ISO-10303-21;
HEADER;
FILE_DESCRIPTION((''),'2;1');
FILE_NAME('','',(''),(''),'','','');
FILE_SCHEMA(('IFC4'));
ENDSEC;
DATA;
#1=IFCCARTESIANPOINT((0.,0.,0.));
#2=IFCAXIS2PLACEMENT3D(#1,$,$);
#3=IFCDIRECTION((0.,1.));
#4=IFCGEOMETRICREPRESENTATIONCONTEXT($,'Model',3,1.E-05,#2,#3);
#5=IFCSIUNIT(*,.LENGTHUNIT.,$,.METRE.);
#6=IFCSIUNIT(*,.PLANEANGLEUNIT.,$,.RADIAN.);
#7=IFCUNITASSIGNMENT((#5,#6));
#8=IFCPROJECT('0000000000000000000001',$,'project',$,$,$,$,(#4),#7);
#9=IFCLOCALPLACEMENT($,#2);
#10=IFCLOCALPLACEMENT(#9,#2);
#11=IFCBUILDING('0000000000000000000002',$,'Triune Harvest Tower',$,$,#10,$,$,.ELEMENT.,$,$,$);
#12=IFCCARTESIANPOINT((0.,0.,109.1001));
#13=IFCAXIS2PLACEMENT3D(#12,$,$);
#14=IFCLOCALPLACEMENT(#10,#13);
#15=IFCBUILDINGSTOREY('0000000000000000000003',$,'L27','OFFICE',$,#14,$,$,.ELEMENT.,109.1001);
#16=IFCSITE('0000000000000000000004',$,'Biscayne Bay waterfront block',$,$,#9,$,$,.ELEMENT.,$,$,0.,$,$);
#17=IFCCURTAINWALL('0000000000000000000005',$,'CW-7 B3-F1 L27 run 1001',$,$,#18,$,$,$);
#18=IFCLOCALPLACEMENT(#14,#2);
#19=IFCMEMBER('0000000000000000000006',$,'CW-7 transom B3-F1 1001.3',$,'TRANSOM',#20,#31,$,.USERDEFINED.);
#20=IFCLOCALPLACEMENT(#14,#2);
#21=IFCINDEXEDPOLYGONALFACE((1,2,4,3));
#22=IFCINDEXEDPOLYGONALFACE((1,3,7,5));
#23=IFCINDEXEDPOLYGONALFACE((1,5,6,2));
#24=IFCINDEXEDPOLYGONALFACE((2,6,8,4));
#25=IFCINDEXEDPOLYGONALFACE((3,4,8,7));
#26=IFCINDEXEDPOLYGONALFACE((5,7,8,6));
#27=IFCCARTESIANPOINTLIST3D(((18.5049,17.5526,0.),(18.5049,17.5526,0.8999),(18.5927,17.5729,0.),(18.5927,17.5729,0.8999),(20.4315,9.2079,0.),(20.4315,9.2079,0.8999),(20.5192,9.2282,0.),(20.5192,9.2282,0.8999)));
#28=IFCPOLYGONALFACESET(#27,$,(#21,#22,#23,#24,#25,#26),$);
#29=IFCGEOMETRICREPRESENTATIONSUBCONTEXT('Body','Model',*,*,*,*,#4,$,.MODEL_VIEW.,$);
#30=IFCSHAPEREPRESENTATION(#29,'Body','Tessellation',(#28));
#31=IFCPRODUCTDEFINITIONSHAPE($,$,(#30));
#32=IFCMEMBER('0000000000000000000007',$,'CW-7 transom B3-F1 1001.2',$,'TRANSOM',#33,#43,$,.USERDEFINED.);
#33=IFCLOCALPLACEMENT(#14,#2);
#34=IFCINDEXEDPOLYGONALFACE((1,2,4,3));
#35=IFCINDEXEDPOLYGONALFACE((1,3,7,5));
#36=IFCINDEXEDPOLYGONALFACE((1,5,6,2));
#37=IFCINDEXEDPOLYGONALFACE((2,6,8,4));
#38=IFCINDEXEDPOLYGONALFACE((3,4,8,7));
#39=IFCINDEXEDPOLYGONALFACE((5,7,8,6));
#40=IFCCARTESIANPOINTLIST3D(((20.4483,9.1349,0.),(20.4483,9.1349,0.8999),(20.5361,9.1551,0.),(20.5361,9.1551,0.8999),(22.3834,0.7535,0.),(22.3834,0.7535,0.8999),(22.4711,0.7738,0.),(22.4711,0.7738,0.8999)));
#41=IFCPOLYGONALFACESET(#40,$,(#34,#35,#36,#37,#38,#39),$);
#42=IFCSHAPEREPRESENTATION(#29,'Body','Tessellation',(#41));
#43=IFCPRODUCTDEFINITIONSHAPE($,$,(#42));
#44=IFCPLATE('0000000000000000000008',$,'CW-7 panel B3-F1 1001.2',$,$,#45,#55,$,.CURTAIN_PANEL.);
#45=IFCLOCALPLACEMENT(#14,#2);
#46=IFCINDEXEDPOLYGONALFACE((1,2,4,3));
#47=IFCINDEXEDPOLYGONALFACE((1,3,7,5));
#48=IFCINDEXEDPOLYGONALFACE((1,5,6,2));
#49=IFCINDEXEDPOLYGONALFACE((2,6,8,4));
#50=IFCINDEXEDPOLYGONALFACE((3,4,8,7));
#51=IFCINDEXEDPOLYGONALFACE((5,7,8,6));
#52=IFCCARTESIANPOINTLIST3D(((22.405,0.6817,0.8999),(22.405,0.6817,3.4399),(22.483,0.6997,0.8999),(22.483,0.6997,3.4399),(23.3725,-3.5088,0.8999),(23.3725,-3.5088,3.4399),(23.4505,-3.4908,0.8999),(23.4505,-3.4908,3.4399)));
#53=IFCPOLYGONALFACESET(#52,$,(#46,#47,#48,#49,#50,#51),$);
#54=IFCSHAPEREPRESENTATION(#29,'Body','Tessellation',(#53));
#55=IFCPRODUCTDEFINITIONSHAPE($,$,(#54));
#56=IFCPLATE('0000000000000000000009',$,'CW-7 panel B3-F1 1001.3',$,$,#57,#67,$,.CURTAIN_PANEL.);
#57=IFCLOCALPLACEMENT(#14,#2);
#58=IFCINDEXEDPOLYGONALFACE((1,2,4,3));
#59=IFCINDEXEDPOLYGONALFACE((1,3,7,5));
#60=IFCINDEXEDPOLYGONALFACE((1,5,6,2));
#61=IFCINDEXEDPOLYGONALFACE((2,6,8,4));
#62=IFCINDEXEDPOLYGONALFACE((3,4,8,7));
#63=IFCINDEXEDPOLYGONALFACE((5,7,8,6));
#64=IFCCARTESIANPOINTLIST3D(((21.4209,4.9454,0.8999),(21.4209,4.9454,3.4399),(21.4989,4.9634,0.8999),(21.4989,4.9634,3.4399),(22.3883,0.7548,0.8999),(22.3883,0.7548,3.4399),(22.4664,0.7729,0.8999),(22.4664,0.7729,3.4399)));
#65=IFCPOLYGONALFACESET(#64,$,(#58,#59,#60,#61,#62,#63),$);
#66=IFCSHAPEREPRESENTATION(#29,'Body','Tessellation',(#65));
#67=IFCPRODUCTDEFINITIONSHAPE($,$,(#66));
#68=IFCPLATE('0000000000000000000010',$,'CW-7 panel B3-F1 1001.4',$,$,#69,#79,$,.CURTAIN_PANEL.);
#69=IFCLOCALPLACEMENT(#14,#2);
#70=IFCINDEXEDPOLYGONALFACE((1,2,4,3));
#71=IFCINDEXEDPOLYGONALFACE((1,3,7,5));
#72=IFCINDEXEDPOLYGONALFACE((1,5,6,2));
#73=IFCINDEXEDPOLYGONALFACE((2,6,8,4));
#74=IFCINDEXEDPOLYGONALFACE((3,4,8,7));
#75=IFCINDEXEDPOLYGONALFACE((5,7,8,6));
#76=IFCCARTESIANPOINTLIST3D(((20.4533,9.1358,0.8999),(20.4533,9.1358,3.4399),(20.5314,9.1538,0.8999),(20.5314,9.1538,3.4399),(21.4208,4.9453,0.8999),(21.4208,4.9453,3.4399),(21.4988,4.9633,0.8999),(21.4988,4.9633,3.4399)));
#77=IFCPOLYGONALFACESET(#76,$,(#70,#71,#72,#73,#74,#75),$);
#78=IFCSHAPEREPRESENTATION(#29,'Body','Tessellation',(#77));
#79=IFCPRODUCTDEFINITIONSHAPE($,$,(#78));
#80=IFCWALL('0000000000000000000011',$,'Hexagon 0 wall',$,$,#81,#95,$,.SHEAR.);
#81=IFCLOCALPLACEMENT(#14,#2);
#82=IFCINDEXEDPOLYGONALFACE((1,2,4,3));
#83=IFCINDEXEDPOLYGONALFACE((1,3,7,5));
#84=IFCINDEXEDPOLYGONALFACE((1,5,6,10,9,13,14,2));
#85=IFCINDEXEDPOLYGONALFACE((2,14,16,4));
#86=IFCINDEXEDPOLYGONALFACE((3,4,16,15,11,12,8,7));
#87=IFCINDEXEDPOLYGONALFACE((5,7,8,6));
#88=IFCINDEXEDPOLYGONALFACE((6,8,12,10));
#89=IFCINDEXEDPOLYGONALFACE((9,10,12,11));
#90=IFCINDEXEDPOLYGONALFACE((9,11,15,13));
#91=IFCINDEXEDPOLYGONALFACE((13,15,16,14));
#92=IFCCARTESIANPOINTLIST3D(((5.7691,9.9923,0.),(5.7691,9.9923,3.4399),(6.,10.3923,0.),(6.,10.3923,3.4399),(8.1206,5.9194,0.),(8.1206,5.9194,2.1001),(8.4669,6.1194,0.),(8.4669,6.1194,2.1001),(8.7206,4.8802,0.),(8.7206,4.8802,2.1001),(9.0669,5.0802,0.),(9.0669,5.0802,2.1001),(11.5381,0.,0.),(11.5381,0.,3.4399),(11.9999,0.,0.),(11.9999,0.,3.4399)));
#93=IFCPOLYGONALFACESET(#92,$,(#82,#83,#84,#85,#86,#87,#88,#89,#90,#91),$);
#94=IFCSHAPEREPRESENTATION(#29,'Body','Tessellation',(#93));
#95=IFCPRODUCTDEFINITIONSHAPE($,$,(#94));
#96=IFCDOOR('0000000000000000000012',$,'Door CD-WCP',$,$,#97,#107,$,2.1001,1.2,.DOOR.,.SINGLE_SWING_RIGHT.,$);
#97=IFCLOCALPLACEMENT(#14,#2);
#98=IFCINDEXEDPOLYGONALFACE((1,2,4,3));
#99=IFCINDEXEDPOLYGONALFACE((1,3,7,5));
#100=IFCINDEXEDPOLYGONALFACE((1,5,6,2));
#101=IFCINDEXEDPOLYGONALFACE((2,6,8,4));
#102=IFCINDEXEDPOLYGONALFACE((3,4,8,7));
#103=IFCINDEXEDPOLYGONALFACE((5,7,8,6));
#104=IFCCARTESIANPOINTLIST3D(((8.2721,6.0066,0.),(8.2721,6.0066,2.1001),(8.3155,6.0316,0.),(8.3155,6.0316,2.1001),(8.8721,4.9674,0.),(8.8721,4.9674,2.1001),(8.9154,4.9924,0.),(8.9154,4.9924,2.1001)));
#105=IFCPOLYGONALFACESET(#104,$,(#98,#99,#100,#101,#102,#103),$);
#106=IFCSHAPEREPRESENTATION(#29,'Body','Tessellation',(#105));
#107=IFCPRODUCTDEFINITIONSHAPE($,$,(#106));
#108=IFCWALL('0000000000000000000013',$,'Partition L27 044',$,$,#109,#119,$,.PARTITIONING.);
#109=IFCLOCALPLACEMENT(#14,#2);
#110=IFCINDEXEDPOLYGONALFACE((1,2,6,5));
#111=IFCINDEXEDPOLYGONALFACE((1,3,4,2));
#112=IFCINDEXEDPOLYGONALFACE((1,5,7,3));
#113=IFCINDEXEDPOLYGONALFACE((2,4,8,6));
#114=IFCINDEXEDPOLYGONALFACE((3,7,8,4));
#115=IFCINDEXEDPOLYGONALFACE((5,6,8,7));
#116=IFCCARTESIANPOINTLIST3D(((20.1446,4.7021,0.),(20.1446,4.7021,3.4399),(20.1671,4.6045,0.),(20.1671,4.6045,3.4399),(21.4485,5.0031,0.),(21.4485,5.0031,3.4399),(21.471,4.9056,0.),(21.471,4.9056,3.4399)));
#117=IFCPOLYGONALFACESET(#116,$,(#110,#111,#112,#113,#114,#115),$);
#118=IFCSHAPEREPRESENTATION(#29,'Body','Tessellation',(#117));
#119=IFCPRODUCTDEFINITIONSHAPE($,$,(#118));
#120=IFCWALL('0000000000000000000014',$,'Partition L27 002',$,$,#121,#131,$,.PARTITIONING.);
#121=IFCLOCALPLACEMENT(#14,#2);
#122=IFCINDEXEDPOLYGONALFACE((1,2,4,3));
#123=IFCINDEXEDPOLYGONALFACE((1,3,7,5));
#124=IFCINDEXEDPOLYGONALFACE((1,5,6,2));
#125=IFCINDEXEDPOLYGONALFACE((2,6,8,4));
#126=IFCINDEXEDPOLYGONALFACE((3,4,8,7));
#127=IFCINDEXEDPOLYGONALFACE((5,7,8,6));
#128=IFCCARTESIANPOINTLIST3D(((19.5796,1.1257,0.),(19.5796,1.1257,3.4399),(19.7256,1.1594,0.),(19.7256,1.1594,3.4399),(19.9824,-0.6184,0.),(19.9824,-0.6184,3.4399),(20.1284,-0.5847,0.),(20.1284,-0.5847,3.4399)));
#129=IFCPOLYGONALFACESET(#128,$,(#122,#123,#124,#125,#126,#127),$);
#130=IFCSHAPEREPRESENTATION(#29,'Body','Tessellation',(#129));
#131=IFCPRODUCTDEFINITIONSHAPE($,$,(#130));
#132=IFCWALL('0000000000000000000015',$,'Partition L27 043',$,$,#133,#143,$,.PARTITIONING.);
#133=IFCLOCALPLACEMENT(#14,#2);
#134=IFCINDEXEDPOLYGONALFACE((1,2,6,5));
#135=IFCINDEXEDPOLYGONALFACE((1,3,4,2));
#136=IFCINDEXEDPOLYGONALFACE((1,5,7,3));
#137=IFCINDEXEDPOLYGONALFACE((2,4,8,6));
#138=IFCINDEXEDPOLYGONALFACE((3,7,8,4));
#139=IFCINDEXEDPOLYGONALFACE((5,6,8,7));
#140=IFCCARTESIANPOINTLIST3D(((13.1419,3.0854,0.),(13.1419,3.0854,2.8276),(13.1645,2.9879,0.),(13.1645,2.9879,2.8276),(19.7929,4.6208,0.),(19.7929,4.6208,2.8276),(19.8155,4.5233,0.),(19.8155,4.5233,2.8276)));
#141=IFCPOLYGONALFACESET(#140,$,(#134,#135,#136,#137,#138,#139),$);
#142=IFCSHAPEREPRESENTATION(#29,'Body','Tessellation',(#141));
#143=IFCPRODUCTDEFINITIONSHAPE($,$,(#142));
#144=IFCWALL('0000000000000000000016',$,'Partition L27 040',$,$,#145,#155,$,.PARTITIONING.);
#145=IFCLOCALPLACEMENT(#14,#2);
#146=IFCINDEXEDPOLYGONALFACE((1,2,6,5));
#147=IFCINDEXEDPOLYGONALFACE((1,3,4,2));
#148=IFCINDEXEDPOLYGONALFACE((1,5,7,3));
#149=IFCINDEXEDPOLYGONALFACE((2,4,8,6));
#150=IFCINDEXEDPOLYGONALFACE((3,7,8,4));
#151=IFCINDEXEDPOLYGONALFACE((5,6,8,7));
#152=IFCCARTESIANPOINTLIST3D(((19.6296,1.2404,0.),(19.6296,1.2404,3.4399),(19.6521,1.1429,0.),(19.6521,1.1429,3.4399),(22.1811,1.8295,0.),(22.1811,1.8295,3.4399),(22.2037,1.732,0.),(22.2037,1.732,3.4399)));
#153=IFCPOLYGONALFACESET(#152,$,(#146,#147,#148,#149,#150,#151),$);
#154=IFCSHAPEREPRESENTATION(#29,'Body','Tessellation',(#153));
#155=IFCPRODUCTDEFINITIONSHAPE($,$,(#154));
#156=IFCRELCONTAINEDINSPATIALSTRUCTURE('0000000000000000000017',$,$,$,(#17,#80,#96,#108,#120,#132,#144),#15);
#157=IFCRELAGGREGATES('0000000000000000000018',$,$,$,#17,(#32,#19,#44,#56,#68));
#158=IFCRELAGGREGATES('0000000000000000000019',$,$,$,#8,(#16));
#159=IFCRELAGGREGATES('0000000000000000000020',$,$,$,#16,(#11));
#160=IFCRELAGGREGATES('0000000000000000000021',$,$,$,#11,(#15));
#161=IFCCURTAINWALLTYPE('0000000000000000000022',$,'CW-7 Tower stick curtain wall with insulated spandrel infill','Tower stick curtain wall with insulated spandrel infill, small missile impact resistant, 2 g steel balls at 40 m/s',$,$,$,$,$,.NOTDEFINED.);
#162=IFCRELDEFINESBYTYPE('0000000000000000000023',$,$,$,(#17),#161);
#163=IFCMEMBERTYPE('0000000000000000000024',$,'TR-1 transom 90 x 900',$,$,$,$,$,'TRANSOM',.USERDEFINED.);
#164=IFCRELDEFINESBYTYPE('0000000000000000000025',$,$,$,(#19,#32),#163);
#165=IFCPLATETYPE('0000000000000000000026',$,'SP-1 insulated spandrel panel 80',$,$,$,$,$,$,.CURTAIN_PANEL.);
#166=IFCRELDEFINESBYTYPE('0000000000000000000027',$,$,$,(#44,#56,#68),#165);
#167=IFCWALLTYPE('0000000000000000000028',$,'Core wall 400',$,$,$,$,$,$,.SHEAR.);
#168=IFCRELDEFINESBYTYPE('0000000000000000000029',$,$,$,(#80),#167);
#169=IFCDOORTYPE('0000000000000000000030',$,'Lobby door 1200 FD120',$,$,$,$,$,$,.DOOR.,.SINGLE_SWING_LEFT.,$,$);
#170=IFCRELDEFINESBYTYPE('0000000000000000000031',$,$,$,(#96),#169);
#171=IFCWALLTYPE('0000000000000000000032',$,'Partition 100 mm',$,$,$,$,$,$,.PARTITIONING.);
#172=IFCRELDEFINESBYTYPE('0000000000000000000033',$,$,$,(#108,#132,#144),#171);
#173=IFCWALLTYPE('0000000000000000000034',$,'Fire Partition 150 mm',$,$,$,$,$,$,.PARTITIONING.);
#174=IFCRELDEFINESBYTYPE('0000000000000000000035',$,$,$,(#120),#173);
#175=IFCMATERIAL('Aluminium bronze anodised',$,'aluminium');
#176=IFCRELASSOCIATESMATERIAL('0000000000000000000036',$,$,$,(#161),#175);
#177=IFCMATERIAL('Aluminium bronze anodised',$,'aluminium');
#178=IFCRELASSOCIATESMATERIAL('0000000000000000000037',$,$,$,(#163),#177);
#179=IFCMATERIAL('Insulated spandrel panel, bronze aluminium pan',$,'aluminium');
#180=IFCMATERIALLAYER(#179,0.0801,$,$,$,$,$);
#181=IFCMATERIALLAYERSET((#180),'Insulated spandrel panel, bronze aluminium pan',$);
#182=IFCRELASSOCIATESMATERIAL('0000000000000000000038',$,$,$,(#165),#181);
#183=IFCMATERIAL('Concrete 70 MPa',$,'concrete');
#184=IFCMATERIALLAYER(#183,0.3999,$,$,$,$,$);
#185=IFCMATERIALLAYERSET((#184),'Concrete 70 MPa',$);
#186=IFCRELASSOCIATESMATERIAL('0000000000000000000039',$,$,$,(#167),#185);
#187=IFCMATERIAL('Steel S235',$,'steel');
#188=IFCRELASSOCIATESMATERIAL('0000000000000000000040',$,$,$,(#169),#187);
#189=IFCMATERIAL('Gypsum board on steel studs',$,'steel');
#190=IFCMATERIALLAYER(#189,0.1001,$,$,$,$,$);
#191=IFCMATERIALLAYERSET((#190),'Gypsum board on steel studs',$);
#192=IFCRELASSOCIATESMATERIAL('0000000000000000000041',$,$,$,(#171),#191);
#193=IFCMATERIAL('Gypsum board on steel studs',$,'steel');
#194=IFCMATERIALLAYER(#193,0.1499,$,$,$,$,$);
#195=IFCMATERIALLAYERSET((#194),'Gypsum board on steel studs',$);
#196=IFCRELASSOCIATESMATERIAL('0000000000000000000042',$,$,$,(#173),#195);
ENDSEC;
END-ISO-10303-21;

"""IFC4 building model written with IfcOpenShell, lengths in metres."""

from ifc_helpers import new_model, si_unit, direction, frame, frame_2d, origin, origin_2d, place, context, subcontext, project, spatial, polyline, rectangle, outline, extrude, source, transform, mapped, material, layer, layer_set, material_profile, profile_set, type_object, element, fill, aggregate, save


model = new_model("IFC4")

# Units and contexts
model_context = context("Model", 3, precision=1e-05, world=origin(), true_north=direction((0.0, 1.0)))
body_context = subcontext(model_context, "Body", "Model", "MODEL_VIEW")
ifc_project = project(units=[si_unit("LENGTHUNIT", "METRE"), si_unit("PLANEANGLEUNIT", "RADIAN")], contexts=[model_context])

# Site, building, storey
site_placement = place(None, origin())
site = spatial("IfcSite", under=ifc_project, at=site_placement, Name="Biscayne Bay waterfront block", CompositionType="ELEMENT", RefElevation=0.0)
building_placement = place(site_placement, origin())
building = spatial("IfcBuilding", under=site, at=building_placement, Name="Triune Harvest Tower", CompositionType="ELEMENT")
storey_placement = place(building_placement, frame((0.0, 0.0, 109.1001)))
storey = spatial("IfcBuildingStorey", under=building, at=storey_placement, Name="L27", Description="OFFICE", CompositionType="ELEMENT", Elevation=109.1001)

# Curtain wall, members, plates
ifc_material_1 = material(Name="Aluminium bronze anodised", Category="aluminium")
curtain_wall_type = type_object("IfcCurtainWallType", Name="CW-7 Tower stick curtain wall with insulated spandrel infill", Description="Tower stick curtain wall with insulated spandrel infill, small missile impact resistant, 2 g steel balls at 40 m/s", PredefinedType="NOTDEFINED", material=ifc_material_1)
curtain_wall_placement = place(storey_placement, origin())
curtain_wall = element("IfcCurtainWall", 1, at=curtain_wall_placement, inside=storey, type_object=curtain_wall_type, Name="CW-7 B3-F1 L27 run 1001")
ifc_material_2 = material(Name="Aluminium bronze anodised", Category="aluminium")
ifc_material_profile_1 = material_profile(ifc_material_2, rectangle(XDim=0.0901, YDim=0.8999, at=origin_2d()), Name="TR-1 transom 90 x 900")
ifc_profile_set_1 = profile_set([ifc_material_profile_1], Name="Aluminium bronze anodised")
member_type_1 = type_object("IfcMemberType", Name="TR-1 transom 90 x 900", ElementType="TRANSOM", PredefinedType="USERDEFINED", material=ifc_profile_set_1)
shared_shape_1 = source(origin(), body_context, "Body", "SweptSolid", [
    extrude(rectangle(XDim=0.0901, YDim=0.8999, at=origin_2d()), origin(), (0.0, 0.0, 1.0), 8.5642),
])
member_1_placement = place(storey_placement, frame((20.4753, 9.218, 0.45), z_axis=(-0.224949, 0.974371, 0.0), x_axis=(-0.974371, -0.224949, 0.0)))
member_1 = element("IfcMember", 2, at=member_1_placement, type_object=member_type_1, Name="CW-7 transom B3-F1 1001.3", ObjectType="TRANSOM", PredefinedType="USERDEFINED", context=body_context, shape_type="MappedRepresentation", body=[
    mapped(shared_shape_1, transform((0.0, 0.0, 0.0), scale=1.0)),
])
shared_shape_2 = source(origin(), body_context, "Body", "SweptSolid", [
    extrude(rectangle(XDim=0.0901, YDim=0.8999, at=origin_2d()), origin(), (0.0, 0.0, 1.0), 8.6018),
])
member_2_placement = place(storey_placement, frame((22.4272, 0.7637, 0.45), z_axis=(-0.224959, 0.974368, 0.0), x_axis=(-0.974368, -0.224959, 0.0)))
member_2 = element("IfcMember", 3, at=member_2_placement, type_object=member_type_1, Name="CW-7 transom B3-F1 1001.2", ObjectType="TRANSOM", PredefinedType="USERDEFINED", context=body_context, shape_type="MappedRepresentation", body=[
    mapped(shared_shape_2, transform((0.0, 0.0, 0.0), scale=1.0)),
])
ifc_material_3 = material(Name="Insulated spandrel panel, bronze aluminium pan", Category="aluminium")
ifc_layer_1 = layer(ifc_material_3, 0.0801)
ifc_layer_set_1 = layer_set([ifc_layer_1], Name="Insulated spandrel panel, bronze aluminium pan")
plate_type = type_object("IfcPlateType", Name="SP-1 insulated spandrel panel 80", PredefinedType="CURTAIN_PANEL", material=ifc_layer_set_1)
shared_shape_3 = source(origin(), body_context, "Body", "SweptSolid", [
    extrude(rectangle(XDim=4.3008, YDim=0.0801, at=origin_2d()), origin(), (0.0, 0.0, 1.0), 2.54),
])
plate_1_placement = place(storey_placement, frame((22.9277, -1.4045, 0.8999), z_axis=(0.0, 0.0, 1.0), x_axis=(-0.224952, 0.97437, 0.0)))
plate_1 = element("IfcPlate", 4, at=plate_1_placement, type_object=plate_type, Name="CW-7 panel B3-F1 1001.2", PredefinedType="CURTAIN_PANEL", context=body_context, shape_type="MappedRepresentation", body=[
    mapped(shared_shape_3, transform((0.0, 0.0, 0.0), scale=1.0)),
])
plate_2_placement = place(storey_placement, frame((21.9436, 2.8591, 0.8999), z_axis=(0.0, 0.0, 1.0), x_axis=(-0.224952, 0.97437, 0.0)))
plate_2 = element("IfcPlate", 5, at=plate_2_placement, type_object=plate_type, Name="CW-7 panel B3-F1 1001.3", PredefinedType="CURTAIN_PANEL", context=body_context, shape_type="MappedRepresentation", body=[
    mapped(shared_shape_3, transform((0.0, 0.0, 0.0), scale=1.0)),
])
plate_3_placement = place(storey_placement, frame((20.9761, 7.0496, 0.8999), z_axis=(0.0, 0.0, 1.0), x_axis=(-0.224952, 0.97437, 0.0)))
plate_3 = element("IfcPlate", 6, at=plate_3_placement, type_object=plate_type, Name="CW-7 panel B3-F1 1001.4", PredefinedType="CURTAIN_PANEL", context=body_context, shape_type="MappedRepresentation", body=[
    mapped(shared_shape_3, transform((0.0, 0.0, 0.0), scale=1.0)),
])
aggregate(curtain_wall, [member_2, member_1, plate_1, plate_2, plate_3])

# Wall, opening, door
ifc_material_4 = material(Name="Concrete 70 MPa", Category="concrete")
ifc_layer_2 = layer(ifc_material_4, 0.3999)
ifc_layer_set_2 = layer_set([ifc_layer_2], Name="Concrete 70 MPa")
wall_type_1 = type_object("IfcWallType", Name="Core wall 400", PredefinedType="SHEAR", material=ifc_layer_set_2)
shared_shape_4 = source(origin(), body_context, "Body", "SweptSolid", [
    extrude(outline(polyline([(-0.1155, -0.2), (11.8845, -0.2), (11.6536, 0.2), (0.1155, 0.2), (-0.1155, -0.2)])), origin(), (0.0, 0.0, 1.0), 3.4399),
])
wall_1_placement = place(storey_placement, frame((11.769, 0.0, 0.0), z_axis=(0.0, 0.0, 1.0), x_axis=(-0.499997, 0.866027, 0.0)))
wall_1 = element("IfcWall", 7, at=wall_1_placement, inside=storey, type_object=wall_type_1, Name="Hexagon 0 wall", PredefinedType="SHEAR", context=body_context, shape_type="MappedRepresentation", body=[
    mapped(shared_shape_4, transform((0.0, 0.0, 0.0), scale=1.0)),
])
opening_1_placement = place(wall_1_placement, frame((5.7505, 0.0, 0.0)))
opening_1 = element("IfcOpeningElement", 8, at=opening_1_placement, cuts=wall_1, PredefinedType="OPENING", context=body_context, shape_type="SweptSolid", body=[
    extrude(rectangle(XDim=1.2, YDim=2.1001, at=frame_2d((0.6001, 1.05))), frame((0.0, 0.21, 0.0), z_axis=(0.0, -1.0, 0.0), x_axis=(1.0, 0.0, 0.0)), (0.0, 0.0, 1.0), 0.4199),
])
ifc_material_5 = material(Name="Steel S235", Category="steel")
door_type_1 = type_object("IfcDoorType", Name="Lobby door 1200 FD120", OperationType="SINGLE_SWING_LEFT", PredefinedType="DOOR", material=ifc_material_5)
door_1_placement = place(opening_1_placement, frame((1.2, 0.0, 0.0), z_axis=(0.0, 0.0, 1.0), x_axis=(-1.0, 0.0, 0.0)))
door_1 = element("IfcDoor", 9, at=door_1_placement, inside=storey, type_object=door_type_1, Name="Door CD-WCP", OperationType="SINGLE_SWING_RIGHT", OverallHeight=2.1001, OverallWidth=1.2, PredefinedType="DOOR", context=body_context, shape_type="SweptSolid", body=[
    extrude(rectangle(XDim=1.2, YDim=2.1001, at=frame_2d((0.6001, 1.05))), frame((0.0, 0.0249, 0.0), z_axis=(0.0, -1.0, 0.0), x_axis=(1.0, 0.0, 0.0)), (0.0, 0.0, 1.0), 0.05),
])
fill(opening_1, door_1)

# Walls
ifc_material_6 = material(Name="Gypsum board on steel studs", Category="steel")
ifc_layer_3 = layer(ifc_material_6, 0.1001)
ifc_layer_set_3 = layer_set([ifc_layer_3], Name="Gypsum board on steel studs")
wall_type_2 = type_object("IfcWallType", Name="Partition 100 mm", PredefinedType="PARTITIONING", material=ifc_layer_set_3)
shared_shape_5 = source(origin(), body_context, "Body", "SweptSolid", [
    extrude(rectangle(XDim=1.3381, YDim=0.1001, at=frame_2d((0.6689, 0.0))), origin(), (0.0, 0.0, 1.0), 3.4399),
])
wall_2_placement = place(storey_placement, frame((20.156, 4.6533, 0.0), z_axis=(0.0, 0.0, 1.0), x_axis=(0.974364, 0.224979, 0.0)))
element("IfcWall", 10, at=wall_2_placement, inside=storey, type_object=wall_type_2, Name="Partition L27 044", PredefinedType="PARTITIONING", context=body_context, shape_type="MappedRepresentation", body=[
    mapped(shared_shape_5, transform((0.0, 0.0, 0.0), scale=1.0)),
])
ifc_material_7 = material(Name="Gypsum board on steel studs", Category="steel")
ifc_layer_4 = layer(ifc_material_7, 0.1499)
ifc_layer_set_4 = layer_set([ifc_layer_4], Name="Gypsum board on steel studs")
wall_type_3 = type_object("IfcWallType", Name="Fire Partition 150 mm", PredefinedType="PARTITIONING", material=ifc_layer_set_4)
shared_shape_6 = source(origin(), body_context, "Body", "SweptSolid", [
    extrude(rectangle(XDim=1.79, YDim=0.1499, at=frame_2d((0.895, 0.0))), origin(), (0.0, 0.0, 1.0), 3.4399),
])
wall_3_placement = place(storey_placement, frame((19.6526, 1.1426, 0.0), z_axis=(0.0, 0.0, 1.0), x_axis=(0.225039, -0.97435, 0.0)))
element("IfcWall", 11, at=wall_3_placement, inside=storey, type_object=wall_type_3, Name="Partition L27 002", PredefinedType="PARTITIONING", context=body_context, shape_type="MappedRepresentation", body=[
    mapped(shared_shape_6, transform((0.0, 0.0, 0.0), scale=1.0)),
])
shared_shape_7 = source(origin(), body_context, "Body", "SweptSolid", [
    extrude(rectangle(XDim=6.8259, YDim=0.1001, at=frame_2d((3.4131, 0.0))), origin(), (0.0, 0.0, 1.0), 2.8276),
])
wall_4_placement = place(storey_placement, frame((13.1531, 3.0366, 0.0), z_axis=(0.0, 0.0, 1.0), x_axis=(0.974374, 0.224933, 0.0)))
element("IfcWall", 12, at=wall_4_placement, inside=storey, type_object=wall_type_2, Name="Partition L27 043", PredefinedType="PARTITIONING", context=body_context, shape_type="MappedRepresentation", body=[
    mapped(shared_shape_7, transform((0.0, 0.0, 0.0), scale=1.0)),
])
shared_shape_8 = source(origin(), body_context, "Body", "SweptSolid", [
    extrude(rectangle(XDim=2.6187, YDim=0.1001, at=frame_2d((1.3093, 0.0))), origin(), (0.0, 0.0, 1.0), 3.4399),
])
wall_5_placement = place(storey_placement, frame((19.6409, 1.1917, 0.0), z_axis=(0.0, 0.0, 1.0), x_axis=(0.974366, 0.224968, 0.0)))
element("IfcWall", 13, at=wall_5_placement, inside=storey, type_object=wall_type_2, Name="Partition L27 040", PredefinedType="PARTITIONING", context=body_context, shape_type="MappedRepresentation", body=[
    mapped(shared_shape_8, transform((0.0, 0.0, 0.0), scale=1.0)),
])

save(model, "model.ifc")
